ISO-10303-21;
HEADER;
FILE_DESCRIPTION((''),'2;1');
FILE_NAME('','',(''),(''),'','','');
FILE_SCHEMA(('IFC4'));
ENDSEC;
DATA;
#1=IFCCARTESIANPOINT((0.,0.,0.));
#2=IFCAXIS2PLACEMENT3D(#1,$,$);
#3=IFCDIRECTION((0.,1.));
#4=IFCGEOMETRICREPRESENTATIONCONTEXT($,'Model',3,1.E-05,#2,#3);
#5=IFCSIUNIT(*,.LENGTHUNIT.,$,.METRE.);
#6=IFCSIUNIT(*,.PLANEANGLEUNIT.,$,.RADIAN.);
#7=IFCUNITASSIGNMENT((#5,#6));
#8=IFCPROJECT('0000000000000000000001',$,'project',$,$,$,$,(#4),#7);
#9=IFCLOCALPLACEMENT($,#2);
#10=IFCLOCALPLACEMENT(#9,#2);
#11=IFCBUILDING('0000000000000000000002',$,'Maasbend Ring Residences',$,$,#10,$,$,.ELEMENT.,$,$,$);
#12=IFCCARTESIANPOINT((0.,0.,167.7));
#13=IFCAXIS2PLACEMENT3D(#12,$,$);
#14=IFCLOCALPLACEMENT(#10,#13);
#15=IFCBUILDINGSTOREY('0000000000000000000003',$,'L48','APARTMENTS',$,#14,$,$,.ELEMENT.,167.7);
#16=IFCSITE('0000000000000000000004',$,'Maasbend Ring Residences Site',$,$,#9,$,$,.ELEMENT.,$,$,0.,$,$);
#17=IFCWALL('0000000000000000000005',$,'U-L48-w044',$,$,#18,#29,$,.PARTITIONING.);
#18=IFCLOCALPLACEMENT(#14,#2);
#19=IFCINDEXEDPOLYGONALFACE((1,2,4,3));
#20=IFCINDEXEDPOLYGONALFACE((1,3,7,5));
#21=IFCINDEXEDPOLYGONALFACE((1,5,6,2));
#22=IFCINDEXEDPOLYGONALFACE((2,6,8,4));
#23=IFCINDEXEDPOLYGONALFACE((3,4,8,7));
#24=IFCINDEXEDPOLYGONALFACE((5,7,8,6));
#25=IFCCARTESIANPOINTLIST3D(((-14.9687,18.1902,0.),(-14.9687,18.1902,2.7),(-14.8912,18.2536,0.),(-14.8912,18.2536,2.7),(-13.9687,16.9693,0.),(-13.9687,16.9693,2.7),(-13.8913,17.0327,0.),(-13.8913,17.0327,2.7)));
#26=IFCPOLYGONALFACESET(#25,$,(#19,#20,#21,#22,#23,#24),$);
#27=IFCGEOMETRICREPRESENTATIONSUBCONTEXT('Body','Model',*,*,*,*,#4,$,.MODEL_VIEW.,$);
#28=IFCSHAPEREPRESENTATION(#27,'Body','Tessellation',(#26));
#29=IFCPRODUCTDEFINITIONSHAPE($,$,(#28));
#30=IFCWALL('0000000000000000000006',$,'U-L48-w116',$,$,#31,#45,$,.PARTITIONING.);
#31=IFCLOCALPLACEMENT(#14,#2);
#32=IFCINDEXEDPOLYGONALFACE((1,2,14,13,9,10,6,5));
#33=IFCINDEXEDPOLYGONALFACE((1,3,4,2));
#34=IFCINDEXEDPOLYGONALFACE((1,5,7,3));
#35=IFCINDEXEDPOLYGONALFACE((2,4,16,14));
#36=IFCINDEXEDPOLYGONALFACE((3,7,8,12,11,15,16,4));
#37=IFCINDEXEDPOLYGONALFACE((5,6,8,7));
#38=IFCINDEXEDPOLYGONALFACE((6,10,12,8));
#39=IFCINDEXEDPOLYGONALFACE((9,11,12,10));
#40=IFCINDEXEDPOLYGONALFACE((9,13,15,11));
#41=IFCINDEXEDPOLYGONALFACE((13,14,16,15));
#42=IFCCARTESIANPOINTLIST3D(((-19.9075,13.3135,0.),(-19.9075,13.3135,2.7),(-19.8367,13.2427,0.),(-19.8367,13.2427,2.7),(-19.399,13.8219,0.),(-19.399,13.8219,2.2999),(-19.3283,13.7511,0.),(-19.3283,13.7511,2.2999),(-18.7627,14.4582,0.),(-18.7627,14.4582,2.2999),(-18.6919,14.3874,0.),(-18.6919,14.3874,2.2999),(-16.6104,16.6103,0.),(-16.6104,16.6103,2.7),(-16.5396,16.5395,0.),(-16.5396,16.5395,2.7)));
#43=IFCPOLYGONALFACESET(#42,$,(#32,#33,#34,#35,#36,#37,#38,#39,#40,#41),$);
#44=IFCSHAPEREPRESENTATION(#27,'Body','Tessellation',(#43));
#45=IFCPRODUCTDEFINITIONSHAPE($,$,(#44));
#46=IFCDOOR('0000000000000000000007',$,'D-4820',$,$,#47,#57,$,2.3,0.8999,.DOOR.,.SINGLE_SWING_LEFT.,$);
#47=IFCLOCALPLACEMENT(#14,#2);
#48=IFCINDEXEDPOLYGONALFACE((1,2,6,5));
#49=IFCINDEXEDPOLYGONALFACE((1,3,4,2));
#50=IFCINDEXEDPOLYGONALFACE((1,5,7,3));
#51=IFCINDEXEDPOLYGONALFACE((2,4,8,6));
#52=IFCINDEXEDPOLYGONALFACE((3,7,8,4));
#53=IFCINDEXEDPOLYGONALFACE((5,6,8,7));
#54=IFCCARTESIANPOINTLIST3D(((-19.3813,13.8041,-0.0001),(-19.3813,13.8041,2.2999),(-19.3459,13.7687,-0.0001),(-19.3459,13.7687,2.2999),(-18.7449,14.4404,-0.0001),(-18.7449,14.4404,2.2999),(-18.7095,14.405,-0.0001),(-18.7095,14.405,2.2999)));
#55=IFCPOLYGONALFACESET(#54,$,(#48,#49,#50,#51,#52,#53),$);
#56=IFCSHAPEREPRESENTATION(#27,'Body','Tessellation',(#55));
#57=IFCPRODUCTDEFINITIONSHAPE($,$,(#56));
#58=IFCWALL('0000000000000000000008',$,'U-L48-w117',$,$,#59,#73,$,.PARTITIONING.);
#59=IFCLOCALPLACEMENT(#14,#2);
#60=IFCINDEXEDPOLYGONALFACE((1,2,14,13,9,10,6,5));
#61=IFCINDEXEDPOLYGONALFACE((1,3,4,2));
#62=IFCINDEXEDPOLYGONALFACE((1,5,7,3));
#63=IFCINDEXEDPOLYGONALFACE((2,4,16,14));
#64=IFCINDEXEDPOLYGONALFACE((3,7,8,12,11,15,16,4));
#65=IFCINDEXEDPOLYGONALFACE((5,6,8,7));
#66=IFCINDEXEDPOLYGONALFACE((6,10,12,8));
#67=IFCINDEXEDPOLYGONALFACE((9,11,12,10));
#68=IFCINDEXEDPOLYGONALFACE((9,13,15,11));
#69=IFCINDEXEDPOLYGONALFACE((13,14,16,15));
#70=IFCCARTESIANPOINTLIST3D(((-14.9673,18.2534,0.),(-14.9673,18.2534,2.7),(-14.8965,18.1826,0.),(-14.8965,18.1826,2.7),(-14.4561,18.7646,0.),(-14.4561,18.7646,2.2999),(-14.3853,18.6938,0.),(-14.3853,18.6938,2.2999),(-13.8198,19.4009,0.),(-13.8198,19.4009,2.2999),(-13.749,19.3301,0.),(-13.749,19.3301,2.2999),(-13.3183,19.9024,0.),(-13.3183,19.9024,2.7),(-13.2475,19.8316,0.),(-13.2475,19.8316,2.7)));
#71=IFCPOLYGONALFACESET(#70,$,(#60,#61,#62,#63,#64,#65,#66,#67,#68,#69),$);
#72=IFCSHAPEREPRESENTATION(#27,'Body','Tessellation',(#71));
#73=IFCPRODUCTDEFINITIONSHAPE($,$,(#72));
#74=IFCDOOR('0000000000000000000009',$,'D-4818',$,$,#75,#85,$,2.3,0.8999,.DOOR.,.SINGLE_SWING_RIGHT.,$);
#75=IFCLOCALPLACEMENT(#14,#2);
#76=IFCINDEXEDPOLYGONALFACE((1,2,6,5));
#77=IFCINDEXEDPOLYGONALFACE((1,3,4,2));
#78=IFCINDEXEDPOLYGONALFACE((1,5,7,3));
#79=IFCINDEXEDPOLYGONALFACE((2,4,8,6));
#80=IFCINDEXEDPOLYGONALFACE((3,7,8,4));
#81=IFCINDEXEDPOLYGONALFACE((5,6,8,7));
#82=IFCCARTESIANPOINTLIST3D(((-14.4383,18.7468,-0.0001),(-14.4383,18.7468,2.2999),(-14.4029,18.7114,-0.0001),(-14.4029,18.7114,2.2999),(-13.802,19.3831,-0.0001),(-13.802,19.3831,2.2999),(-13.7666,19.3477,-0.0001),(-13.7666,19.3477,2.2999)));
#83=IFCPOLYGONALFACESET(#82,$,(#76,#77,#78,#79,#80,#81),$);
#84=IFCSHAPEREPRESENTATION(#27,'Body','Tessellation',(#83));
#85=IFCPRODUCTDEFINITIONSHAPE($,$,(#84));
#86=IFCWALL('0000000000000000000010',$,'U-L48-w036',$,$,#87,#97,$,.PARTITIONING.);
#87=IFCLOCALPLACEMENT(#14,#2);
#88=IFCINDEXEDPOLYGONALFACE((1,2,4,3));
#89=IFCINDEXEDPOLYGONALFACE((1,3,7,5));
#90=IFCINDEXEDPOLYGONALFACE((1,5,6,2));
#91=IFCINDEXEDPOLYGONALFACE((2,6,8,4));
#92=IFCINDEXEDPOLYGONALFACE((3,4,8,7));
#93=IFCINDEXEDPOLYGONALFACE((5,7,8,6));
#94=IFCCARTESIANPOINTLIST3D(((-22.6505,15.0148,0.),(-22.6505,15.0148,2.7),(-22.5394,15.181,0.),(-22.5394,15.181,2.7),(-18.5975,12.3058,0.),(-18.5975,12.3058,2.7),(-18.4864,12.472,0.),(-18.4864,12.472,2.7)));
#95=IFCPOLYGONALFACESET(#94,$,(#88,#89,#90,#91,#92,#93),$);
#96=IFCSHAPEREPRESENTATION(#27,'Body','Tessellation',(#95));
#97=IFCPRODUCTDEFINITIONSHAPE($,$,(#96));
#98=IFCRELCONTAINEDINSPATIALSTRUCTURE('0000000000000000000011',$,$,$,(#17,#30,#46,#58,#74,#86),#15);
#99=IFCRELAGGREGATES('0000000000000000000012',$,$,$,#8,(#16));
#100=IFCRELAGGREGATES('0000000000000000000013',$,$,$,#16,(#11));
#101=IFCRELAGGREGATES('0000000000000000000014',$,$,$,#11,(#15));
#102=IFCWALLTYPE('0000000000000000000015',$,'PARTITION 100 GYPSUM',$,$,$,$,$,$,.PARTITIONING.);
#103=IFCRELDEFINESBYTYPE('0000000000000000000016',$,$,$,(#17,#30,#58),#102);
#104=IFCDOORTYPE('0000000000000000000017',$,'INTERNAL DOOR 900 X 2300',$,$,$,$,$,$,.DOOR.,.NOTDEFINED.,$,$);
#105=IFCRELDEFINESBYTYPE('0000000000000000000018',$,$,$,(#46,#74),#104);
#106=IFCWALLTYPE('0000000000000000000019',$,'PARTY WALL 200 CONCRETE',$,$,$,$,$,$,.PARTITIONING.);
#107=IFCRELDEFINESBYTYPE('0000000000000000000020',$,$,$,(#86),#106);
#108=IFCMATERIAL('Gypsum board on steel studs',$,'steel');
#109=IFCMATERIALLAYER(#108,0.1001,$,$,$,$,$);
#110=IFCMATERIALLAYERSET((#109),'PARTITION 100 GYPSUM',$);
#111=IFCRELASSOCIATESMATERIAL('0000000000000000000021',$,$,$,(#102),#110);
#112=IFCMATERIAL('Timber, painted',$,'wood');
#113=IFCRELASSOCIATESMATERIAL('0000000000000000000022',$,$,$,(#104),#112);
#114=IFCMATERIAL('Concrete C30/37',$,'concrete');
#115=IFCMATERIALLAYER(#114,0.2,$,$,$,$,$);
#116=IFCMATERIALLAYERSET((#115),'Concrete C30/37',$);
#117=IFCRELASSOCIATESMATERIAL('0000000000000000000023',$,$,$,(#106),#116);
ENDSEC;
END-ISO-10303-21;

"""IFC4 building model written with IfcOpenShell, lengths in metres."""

from ifc_helpers import new_model, si_unit, direction, frame, frame_2d, origin, place, context, subcontext, project, spatial, rectangle, extrude, material, layer, layer_set, type_object, element, fill, save


model = new_model("IFC4")

# Units and contexts
model_context = context("Model", 3, precision=1e-05, world=origin(), true_north=direction((0.0, 1.0)))
body_context = subcontext(model_context, "Body", "Model", "MODEL_VIEW")
ifc_project = project(units=[si_unit("LENGTHUNIT", "METRE"), si_unit("PLANEANGLEUNIT", "RADIAN")], contexts=[model_context])

# Site, building, storey
site_placement = place(None, origin())
site = spatial("IfcSite", under=ifc_project, at=site_placement, Name="Maasbend Ring Residences Site", CompositionType="ELEMENT", RefElevation=0.0)
building_placement = place(site_placement, origin())
building = spatial("IfcBuilding", under=site, at=building_placement, Name="Maasbend Ring Residences", CompositionType="ELEMENT")
storey_placement = place(building_placement, frame((0.0, 0.0, 167.7)))
storey = spatial("IfcBuildingStorey", under=building, at=storey_placement, Name="L48", Description="APARTMENTS", CompositionType="ELEMENT", Elevation=167.7)

# Shared definitions
ifc_material_1 = material(Name="Gypsum board on steel studs", Category="steel")
ifc_layer_1 = layer(ifc_material_1, 0.1001)
ifc_layer_set_1 = layer_set([ifc_layer_1], Name="PARTITION 100 GYPSUM")
wall_type_1 = type_object("IfcWallType", Name="PARTITION 100 GYPSUM", PredefinedType="PARTITIONING", material=ifc_layer_set_1)

# Shared definitions
ifc_material_2 = material(Name="Timber, painted", Category="wood")
door_type_1 = type_object("IfcDoorType", Name="INTERNAL DOOR 900 X 2300", OperationType="NOTDEFINED", PredefinedType="DOOR", material=ifc_material_2)

# Wall
wall_1_placement = place(storey_placement, frame((-14.9299, 18.2219, 0.0), z_axis=(0.0, 0.0, 1.0), x_axis=(0.633634, -0.773633, 0.0)))
element("IfcWall", 1, at=wall_1_placement, inside=storey, type_object=wall_type_1, Name="U-L48-w044", PredefinedType="PARTITIONING", context=body_context, shape_type="SweptSolid", body=[
    extrude(rectangle(XDim=1.5781, YDim=0.1001, at=frame_2d((0.7891, 0.0))), origin(), (0.0, 0.0, 1.0), 2.7),
])

# Walls, openings, doors
wall_2_placement = place(storey_placement, frame((-19.8721, 13.2781, 0.0), z_axis=(0.0, 0.0, 1.0), x_axis=(0.707133, 0.707081, 0.0)))
wall_2 = element("IfcWall", 2, at=wall_2_placement, inside=storey, type_object=wall_type_1, Name="U-L48-w116", PredefinedType="PARTITIONING", context=body_context, shape_type="SweptSolid", body=[
    extrude(rectangle(XDim=4.6626, YDim=0.1001, at=frame_2d((2.3313, 0.0))), origin(), (0.0, 0.0, 1.0), 2.7),
])
opening_1_placement = place(wall_2_placement, frame((0.719, 0.0, 0.0)))
opening_1 = element("IfcOpeningElement", 3, at=opening_1_placement, cuts=wall_2, PredefinedType="OPENING", context=body_context, shape_type="SweptSolid", body=[
    extrude(rectangle(XDim=0.8999, YDim=2.3, at=frame_2d((0.45, 1.1499))), frame((0.0, 0.0601, 0.0), z_axis=(0.0, -1.0, 0.0), x_axis=(1.0, 0.0, 0.0)), (0.0, 0.0, 1.0), 0.1201),
])
door_1_placement = place(opening_1_placement, origin())
door_1 = element("IfcDoor", 4, at=door_1_placement, inside=storey, type_object=door_type_1, Name="D-4820", OperationType="SINGLE_SWING_LEFT", OverallHeight=2.3, OverallWidth=0.8999, PredefinedType="DOOR", context=body_context, shape_type="SweptSolid", body=[
    extrude(rectangle(XDim=0.8999, YDim=2.3, at=frame_2d((0.45, 1.1499))), frame((0.0, 0.0249, 0.0), z_axis=(0.0, -1.0, 0.0), x_axis=(1.0, 0.0, 0.0)), (0.0, 0.0, 1.0), 0.05),
])
fill(opening_1, door_1)
wall_3_placement = place(storey_placement, frame((-14.9319, 18.218, 0.0), z_axis=(0.0, 0.0, 1.0), x_axis=(0.707107, 0.707107, 0.0)))
wall_3 = element("IfcWall", 5, at=wall_3_placement, inside=storey, type_object=wall_type_1, Name="U-L48-w117", PredefinedType="PARTITIONING", context=body_context, shape_type="SweptSolid", body=[
    extrude(rectangle(XDim=2.332, YDim=0.1001, at=frame_2d((1.166, 0.0))), origin(), (0.0, 0.0, 1.0), 2.7),
])
opening_2_placement = place(wall_3_placement, frame((0.7229, 0.0, 0.0)))
opening_2 = element("IfcOpeningElement", 6, at=opening_2_placement, cuts=wall_3, PredefinedType="OPENING", context=body_context, shape_type="SweptSolid", body=[
    extrude(rectangle(XDim=0.8999, YDim=2.3, at=frame_2d((0.45, 1.1499))), frame((0.0, 0.0601, 0.0), z_axis=(0.0, -1.0, 0.0), x_axis=(1.0, 0.0, 0.0)), (0.0, 0.0, 1.0), 0.1201),
])
door_2_placement = place(opening_2_placement, origin())
door_2 = element("IfcDoor", 7, at=door_2_placement, inside=storey, type_object=door_type_1, Name="D-4818", OperationType="SINGLE_SWING_RIGHT", OverallHeight=2.3, OverallWidth=0.8999, PredefinedType="DOOR", context=body_context, shape_type="SweptSolid", body=[
    extrude(rectangle(XDim=0.8999, YDim=2.3, at=frame_2d((0.45, 1.1499))), frame((0.0, 0.0249, 0.0), z_axis=(0.0, -1.0, 0.0), x_axis=(1.0, 0.0, 0.0)), (0.0, 0.0, 1.0), 0.05),
])
fill(opening_2, door_2)

# Wall
ifc_material_3 = material(Name="Concrete C30/37", Category="concrete")
ifc_layer_2 = layer(ifc_material_3, 0.2)
ifc_layer_set_2 = layer_set([ifc_layer_2], Name="Concrete C30/37")
wall_type_2 = type_object("IfcWallType", Name="PARTY WALL 200 CONCRETE", PredefinedType="PARTITIONING", material=ifc_layer_set_2)
wall_4_placement = place(storey_placement, frame((-22.595, 15.0979, 0.0), z_axis=(0.0, 0.0, 1.0), x_axis=(0.831387, -0.555694, 0.0)))
element("IfcWall", 8, at=wall_4_placement, inside=storey, type_object=wall_type_2, Name="U-L48-w036", PredefinedType="PARTITIONING", context=body_context, shape_type="SweptSolid", body=[
    extrude(rectangle(XDim=4.875, YDim=0.2, at=frame_2d((2.4375, 0.0))), origin(), (0.0, 0.0, 1.0), 2.7),
])

save(model, "model.ifc")
